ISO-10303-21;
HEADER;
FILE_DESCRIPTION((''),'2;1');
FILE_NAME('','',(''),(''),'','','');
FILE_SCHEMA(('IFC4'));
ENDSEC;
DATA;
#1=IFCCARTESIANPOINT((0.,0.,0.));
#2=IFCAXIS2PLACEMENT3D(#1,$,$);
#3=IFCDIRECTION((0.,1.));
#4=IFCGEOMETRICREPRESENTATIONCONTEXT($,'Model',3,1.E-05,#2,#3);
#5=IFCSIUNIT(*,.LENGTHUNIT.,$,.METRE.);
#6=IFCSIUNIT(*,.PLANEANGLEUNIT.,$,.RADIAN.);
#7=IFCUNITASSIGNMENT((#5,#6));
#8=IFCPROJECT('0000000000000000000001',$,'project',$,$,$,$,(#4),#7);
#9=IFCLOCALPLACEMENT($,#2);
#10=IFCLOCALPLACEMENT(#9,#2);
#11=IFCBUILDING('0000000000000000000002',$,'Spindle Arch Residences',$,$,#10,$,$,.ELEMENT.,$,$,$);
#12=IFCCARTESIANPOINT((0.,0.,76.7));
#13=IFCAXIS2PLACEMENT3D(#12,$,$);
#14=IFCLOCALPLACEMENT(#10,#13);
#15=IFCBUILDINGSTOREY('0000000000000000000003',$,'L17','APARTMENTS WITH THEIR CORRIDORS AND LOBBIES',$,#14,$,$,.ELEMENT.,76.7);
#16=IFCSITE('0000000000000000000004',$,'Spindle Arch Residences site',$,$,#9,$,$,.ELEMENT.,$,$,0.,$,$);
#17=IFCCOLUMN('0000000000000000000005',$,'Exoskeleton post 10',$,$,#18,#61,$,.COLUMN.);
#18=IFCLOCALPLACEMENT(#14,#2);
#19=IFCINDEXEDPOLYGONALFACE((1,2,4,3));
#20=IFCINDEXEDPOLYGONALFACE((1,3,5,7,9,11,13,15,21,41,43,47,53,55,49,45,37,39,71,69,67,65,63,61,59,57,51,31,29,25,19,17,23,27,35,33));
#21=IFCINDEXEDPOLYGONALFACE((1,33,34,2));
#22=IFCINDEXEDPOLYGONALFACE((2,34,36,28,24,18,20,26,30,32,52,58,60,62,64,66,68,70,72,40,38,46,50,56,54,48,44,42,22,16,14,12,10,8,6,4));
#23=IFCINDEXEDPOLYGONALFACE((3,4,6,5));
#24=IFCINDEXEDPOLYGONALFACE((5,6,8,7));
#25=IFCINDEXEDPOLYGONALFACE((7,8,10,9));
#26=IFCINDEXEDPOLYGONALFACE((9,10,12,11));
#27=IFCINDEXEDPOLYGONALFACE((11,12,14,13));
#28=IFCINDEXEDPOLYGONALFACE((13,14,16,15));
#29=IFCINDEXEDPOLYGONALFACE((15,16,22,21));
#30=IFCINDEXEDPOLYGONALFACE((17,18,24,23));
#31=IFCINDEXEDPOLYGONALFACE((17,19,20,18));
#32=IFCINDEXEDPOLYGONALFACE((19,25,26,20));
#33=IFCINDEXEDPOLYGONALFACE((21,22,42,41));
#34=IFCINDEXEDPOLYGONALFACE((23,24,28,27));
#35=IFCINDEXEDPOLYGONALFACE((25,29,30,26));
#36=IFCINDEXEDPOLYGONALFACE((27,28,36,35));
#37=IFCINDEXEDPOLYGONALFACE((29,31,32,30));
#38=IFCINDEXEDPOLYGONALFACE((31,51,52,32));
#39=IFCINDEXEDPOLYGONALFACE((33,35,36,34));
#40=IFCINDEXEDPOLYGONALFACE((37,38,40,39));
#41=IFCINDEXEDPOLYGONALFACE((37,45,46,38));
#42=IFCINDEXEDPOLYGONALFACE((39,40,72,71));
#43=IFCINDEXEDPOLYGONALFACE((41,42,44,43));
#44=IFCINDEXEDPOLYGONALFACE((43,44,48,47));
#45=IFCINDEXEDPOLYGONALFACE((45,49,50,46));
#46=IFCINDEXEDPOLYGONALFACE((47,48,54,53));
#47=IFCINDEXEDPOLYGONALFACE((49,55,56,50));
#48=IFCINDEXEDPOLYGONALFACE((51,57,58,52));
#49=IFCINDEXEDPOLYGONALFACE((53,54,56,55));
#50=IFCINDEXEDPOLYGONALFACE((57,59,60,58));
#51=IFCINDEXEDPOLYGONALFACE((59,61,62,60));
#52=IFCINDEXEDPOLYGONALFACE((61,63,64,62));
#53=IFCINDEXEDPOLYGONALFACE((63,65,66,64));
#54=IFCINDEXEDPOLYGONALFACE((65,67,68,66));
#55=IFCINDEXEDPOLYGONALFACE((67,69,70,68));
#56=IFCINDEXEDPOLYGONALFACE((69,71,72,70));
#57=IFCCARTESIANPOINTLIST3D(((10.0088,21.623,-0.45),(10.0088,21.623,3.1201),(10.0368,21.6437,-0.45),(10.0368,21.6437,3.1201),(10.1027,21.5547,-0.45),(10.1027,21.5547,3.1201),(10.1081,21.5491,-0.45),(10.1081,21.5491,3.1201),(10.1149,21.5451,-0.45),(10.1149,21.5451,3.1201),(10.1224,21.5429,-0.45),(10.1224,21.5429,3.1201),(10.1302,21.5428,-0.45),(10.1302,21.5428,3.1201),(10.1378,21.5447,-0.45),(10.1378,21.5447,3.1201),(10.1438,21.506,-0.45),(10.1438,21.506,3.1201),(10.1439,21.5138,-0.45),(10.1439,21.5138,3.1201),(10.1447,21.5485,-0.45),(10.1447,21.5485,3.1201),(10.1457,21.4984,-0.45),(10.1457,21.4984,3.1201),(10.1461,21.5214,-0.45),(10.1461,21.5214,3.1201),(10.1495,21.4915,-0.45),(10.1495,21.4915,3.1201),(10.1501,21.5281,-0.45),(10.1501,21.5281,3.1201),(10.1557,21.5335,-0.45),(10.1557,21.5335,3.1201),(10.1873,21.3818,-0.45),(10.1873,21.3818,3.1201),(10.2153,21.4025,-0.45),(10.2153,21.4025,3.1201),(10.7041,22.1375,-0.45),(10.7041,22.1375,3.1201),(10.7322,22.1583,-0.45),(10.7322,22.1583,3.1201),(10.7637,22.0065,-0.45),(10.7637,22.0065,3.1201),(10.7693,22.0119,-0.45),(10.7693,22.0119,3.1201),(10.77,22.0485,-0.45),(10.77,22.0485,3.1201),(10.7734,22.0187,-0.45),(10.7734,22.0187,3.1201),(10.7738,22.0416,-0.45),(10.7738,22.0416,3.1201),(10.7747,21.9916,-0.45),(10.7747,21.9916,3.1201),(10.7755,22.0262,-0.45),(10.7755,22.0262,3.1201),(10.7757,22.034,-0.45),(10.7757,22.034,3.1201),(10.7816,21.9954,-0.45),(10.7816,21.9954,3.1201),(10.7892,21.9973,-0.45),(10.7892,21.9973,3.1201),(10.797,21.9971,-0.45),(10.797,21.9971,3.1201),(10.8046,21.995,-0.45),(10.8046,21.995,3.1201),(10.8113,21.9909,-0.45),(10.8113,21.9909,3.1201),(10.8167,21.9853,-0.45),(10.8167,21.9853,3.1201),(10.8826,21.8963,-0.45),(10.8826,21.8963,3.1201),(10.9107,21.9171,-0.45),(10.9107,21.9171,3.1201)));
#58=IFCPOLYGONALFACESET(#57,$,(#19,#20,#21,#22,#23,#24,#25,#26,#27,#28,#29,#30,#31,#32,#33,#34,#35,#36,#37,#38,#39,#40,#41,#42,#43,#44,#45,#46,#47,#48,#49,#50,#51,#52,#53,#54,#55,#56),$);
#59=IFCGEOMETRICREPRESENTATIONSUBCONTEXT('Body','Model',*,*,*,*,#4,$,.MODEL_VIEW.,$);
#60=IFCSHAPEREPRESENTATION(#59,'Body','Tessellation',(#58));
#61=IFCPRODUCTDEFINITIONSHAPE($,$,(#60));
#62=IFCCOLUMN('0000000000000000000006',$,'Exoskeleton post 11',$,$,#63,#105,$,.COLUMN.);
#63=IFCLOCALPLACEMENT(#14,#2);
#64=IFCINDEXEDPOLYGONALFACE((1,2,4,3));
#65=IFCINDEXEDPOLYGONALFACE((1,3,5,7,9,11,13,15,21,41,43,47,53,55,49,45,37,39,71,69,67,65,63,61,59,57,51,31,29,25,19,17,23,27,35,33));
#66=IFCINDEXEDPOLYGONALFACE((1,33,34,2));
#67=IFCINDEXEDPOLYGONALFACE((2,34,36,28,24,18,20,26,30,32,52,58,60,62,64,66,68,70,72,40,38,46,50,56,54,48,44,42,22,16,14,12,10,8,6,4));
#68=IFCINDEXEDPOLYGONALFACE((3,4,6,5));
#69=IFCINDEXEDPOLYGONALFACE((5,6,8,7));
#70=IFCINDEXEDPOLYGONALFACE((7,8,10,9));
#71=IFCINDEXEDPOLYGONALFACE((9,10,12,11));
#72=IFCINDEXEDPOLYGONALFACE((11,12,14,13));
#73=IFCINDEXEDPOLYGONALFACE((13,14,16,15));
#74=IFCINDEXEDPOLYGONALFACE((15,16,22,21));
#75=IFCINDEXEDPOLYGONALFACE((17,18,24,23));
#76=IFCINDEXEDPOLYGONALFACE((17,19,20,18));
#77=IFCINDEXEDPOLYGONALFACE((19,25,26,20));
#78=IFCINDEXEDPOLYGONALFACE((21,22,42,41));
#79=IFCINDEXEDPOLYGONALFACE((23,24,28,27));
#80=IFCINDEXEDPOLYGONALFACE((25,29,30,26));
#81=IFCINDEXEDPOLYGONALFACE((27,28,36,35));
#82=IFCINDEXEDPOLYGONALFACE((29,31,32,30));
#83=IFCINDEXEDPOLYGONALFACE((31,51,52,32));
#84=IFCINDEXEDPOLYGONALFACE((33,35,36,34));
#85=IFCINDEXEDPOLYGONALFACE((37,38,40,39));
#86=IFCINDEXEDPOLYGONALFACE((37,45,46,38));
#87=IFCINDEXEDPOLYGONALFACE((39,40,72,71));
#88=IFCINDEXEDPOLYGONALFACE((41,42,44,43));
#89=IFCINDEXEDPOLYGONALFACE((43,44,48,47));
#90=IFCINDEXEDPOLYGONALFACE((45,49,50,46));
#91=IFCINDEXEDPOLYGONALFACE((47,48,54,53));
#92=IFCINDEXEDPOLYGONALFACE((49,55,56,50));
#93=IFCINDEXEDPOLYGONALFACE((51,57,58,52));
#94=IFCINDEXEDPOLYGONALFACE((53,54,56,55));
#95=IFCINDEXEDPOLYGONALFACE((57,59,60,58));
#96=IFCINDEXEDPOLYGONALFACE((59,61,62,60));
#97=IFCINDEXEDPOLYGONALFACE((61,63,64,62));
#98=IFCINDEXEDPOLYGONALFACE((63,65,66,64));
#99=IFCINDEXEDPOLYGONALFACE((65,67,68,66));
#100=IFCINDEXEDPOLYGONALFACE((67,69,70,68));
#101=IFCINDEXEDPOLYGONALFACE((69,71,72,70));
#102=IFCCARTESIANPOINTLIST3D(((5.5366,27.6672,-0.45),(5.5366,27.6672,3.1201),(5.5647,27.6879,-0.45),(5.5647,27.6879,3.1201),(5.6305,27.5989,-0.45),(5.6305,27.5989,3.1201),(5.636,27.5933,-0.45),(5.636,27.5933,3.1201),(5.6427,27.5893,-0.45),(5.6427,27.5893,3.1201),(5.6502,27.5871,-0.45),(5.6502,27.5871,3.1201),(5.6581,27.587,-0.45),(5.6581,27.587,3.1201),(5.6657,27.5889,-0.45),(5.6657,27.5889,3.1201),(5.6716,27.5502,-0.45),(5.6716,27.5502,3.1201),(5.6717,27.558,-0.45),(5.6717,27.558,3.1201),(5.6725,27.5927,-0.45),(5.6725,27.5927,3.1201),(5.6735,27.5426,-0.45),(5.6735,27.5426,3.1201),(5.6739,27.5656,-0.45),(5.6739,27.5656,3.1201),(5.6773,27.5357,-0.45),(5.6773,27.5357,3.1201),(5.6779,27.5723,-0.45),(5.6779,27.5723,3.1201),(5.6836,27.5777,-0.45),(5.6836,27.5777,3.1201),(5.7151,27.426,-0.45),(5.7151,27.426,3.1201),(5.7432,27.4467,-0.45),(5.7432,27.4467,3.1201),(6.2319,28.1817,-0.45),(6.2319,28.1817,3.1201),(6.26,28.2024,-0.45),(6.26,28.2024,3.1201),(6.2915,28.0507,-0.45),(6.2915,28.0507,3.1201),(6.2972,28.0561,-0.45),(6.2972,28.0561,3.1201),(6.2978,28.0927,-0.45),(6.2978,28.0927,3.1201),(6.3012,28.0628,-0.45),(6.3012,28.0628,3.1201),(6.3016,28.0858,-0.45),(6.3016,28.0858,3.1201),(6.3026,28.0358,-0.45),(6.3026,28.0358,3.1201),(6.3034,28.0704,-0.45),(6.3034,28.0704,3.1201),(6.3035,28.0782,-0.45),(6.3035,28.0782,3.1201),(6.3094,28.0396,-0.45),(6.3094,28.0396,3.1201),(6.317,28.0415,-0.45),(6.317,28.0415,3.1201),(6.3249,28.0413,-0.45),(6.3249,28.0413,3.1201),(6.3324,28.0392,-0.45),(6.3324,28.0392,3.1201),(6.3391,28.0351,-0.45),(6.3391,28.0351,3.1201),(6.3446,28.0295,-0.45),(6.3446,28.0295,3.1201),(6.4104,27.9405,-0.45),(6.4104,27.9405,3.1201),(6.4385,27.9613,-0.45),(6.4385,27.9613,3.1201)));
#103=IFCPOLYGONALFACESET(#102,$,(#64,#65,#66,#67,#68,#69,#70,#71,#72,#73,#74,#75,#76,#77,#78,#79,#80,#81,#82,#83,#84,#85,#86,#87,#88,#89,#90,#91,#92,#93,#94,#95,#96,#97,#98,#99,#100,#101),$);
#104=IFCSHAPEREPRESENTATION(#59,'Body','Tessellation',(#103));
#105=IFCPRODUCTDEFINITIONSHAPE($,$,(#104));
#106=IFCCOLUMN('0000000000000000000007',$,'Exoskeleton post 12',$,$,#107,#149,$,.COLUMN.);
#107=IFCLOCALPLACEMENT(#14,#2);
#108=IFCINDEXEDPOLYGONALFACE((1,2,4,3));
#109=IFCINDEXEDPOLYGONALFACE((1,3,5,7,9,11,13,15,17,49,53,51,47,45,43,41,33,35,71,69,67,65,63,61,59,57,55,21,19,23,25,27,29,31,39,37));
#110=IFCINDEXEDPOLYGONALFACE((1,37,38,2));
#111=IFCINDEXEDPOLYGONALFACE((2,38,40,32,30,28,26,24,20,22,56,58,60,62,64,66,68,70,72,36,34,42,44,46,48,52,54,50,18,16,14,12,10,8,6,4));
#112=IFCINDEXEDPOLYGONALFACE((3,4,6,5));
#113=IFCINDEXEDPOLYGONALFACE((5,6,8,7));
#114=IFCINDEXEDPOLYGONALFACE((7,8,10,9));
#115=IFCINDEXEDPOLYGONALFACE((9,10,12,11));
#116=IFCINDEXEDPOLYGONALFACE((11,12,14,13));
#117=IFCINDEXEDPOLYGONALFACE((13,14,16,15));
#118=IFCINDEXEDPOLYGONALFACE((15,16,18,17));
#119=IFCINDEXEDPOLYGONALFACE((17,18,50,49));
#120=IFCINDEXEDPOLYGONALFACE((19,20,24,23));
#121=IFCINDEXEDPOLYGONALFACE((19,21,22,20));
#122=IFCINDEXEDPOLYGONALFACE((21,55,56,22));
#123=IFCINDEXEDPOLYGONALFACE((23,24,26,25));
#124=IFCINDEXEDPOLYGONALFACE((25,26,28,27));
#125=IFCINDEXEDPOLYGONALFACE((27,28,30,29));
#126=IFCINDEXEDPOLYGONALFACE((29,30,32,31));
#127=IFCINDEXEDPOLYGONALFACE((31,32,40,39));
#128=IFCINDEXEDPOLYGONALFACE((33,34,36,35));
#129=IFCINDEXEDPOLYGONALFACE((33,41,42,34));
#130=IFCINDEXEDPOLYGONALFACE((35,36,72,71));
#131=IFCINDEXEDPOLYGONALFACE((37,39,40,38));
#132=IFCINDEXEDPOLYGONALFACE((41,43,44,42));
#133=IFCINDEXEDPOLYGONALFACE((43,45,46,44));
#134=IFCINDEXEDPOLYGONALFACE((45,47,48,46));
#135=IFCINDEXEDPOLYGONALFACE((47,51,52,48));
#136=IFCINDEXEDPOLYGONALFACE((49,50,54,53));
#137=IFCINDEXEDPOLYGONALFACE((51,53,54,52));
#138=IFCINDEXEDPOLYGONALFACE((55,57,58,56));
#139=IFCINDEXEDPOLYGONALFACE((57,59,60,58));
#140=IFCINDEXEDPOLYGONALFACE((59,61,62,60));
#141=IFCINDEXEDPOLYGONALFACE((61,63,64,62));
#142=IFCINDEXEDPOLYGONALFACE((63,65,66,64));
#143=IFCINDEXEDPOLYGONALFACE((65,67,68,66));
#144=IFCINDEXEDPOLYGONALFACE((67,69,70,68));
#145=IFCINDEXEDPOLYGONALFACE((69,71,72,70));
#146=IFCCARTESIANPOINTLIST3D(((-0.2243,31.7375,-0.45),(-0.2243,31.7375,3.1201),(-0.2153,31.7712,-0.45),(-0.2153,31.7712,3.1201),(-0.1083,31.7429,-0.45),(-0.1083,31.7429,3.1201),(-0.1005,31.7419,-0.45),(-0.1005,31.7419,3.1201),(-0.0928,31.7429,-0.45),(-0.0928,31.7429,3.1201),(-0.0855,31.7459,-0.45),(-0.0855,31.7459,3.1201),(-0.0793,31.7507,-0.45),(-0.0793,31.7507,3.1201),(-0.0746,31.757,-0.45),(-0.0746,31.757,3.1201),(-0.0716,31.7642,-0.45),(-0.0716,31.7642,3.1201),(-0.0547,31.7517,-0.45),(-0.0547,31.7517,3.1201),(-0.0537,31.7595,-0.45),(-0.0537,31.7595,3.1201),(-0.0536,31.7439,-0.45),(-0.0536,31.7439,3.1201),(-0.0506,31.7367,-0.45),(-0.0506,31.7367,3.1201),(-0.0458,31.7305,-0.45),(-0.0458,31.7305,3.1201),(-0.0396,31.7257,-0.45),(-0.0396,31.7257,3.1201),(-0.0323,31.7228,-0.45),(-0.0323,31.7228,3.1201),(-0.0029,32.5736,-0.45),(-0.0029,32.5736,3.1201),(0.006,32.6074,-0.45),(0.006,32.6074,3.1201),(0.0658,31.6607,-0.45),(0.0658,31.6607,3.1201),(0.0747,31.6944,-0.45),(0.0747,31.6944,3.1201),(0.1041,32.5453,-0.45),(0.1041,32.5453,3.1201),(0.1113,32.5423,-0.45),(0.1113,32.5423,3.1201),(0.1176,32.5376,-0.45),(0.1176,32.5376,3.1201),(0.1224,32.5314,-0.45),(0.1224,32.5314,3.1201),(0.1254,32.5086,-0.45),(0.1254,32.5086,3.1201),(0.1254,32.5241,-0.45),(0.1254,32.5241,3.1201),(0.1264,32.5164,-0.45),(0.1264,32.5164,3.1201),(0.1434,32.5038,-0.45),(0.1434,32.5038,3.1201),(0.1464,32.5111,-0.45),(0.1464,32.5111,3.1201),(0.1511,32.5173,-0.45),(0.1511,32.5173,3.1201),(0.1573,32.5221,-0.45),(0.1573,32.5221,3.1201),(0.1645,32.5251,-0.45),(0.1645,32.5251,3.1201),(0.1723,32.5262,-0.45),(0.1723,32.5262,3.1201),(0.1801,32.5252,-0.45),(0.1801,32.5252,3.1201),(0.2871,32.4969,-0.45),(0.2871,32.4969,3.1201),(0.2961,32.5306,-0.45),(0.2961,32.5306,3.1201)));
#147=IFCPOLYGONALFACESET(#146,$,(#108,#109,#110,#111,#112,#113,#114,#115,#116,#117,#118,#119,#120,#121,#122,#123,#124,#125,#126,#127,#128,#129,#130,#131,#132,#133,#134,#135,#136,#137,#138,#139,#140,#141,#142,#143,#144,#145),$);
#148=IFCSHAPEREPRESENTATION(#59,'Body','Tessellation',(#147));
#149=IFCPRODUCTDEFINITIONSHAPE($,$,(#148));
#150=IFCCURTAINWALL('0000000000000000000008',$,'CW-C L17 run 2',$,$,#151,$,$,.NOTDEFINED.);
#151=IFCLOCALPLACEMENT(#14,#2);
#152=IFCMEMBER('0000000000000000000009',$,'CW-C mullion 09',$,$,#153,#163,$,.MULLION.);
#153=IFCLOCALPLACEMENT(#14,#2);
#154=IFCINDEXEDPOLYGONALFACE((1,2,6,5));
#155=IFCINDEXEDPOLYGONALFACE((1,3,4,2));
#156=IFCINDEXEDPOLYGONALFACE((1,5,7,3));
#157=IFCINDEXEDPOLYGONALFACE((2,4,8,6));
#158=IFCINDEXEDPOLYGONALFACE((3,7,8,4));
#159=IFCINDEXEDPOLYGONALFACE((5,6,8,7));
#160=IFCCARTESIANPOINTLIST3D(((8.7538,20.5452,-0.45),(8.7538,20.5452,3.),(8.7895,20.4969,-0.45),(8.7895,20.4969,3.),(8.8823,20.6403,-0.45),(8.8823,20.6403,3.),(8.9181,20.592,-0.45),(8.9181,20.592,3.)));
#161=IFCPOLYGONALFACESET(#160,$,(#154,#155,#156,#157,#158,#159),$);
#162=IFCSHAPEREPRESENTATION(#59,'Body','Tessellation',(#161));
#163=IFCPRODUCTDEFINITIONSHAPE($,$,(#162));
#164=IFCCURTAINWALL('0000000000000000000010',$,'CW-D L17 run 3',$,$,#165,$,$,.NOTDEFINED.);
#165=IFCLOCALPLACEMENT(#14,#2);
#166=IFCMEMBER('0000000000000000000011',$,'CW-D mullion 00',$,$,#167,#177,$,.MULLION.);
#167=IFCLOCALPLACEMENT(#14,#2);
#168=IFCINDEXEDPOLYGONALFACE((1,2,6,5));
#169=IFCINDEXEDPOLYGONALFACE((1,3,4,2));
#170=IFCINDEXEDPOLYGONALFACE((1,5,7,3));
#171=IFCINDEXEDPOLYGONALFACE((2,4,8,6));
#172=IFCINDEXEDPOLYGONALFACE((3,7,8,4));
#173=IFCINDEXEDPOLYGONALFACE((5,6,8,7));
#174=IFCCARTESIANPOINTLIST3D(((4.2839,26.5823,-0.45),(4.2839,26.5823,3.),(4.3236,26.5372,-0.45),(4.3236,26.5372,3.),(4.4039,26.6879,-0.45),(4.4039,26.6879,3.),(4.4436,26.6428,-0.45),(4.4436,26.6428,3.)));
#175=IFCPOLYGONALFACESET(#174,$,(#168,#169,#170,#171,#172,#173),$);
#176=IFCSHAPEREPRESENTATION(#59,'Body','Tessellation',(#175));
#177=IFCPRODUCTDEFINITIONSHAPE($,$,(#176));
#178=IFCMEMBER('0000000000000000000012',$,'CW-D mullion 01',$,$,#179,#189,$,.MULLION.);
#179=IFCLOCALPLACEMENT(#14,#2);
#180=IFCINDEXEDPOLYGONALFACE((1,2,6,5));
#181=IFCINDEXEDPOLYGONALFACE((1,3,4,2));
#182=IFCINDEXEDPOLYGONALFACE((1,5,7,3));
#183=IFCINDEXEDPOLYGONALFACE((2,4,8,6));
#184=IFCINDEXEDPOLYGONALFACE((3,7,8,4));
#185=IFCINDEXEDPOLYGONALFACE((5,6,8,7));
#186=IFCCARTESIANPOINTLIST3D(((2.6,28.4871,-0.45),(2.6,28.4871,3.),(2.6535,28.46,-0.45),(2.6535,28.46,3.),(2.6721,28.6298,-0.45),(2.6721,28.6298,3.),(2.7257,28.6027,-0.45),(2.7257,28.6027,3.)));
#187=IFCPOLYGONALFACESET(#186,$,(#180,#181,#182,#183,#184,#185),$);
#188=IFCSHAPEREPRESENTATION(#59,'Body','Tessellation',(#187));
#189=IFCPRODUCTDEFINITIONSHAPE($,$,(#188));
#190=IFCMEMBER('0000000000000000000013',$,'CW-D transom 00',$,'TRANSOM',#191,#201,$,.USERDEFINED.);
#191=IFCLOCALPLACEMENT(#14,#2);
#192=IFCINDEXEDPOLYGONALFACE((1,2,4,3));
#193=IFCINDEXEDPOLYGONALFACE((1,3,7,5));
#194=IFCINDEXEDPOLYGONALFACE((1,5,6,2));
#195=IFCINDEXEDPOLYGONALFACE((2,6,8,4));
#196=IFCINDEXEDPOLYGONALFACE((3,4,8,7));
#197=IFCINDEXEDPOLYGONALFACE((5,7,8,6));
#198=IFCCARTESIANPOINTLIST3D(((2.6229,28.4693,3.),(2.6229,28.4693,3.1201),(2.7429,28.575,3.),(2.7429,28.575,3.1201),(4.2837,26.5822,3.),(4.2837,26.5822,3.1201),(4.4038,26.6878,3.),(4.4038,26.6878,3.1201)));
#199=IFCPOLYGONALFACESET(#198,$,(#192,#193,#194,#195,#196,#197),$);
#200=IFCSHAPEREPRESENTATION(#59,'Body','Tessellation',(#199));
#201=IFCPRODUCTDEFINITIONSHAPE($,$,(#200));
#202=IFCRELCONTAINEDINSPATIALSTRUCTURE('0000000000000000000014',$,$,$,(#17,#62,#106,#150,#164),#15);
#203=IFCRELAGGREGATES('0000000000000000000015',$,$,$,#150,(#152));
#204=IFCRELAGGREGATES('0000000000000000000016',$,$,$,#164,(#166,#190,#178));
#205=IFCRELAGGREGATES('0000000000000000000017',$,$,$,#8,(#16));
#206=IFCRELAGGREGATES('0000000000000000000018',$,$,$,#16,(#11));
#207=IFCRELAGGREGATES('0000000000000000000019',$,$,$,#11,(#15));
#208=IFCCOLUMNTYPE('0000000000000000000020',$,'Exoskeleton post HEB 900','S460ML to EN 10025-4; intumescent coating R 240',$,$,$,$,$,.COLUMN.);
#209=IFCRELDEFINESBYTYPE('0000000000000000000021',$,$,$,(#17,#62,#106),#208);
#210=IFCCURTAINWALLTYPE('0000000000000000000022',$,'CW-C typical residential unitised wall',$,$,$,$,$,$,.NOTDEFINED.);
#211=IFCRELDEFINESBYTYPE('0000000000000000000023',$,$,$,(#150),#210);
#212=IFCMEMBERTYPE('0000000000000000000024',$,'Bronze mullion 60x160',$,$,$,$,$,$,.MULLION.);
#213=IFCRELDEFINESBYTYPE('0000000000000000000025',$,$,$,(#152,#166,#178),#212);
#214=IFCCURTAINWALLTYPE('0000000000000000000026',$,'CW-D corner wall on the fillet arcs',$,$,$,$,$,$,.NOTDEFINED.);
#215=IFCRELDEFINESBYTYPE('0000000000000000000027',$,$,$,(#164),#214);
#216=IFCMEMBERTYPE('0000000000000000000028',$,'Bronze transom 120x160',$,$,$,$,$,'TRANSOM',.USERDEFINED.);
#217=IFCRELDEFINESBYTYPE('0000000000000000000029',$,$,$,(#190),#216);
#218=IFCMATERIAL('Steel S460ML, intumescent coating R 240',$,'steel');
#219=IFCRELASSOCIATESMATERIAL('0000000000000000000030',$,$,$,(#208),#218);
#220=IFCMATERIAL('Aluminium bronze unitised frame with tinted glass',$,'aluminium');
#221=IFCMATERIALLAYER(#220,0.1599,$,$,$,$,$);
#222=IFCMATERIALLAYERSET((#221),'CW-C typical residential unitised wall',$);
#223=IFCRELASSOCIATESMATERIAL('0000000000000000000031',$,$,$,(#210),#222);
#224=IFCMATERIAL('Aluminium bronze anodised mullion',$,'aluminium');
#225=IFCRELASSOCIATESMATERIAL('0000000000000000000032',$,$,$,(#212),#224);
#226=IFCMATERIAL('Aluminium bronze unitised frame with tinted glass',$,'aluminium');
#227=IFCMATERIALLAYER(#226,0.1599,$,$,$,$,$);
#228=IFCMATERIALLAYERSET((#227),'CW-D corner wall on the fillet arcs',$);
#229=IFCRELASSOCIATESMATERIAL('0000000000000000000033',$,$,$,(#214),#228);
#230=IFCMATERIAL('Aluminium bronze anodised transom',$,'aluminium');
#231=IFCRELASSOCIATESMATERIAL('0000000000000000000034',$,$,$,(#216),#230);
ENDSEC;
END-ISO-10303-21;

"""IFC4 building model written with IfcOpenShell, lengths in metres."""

from ifc_helpers import new_model, si_unit, direction, frame, origin, origin_2d, place, context, subcontext, project, spatial, rectangle, i_section, extrude, material, layer, layer_set, material_profile, profile_set, type_object, element, aggregate, save


model = new_model("IFC4")

# Units and contexts
model_context = context("Model", 3, precision=1e-05, world=origin(), true_north=direction((0.0, 1.0)))
body_context = subcontext(model_context, "Body", "Model", "MODEL_VIEW")
ifc_project = project(units=[si_unit("LENGTHUNIT", "METRE"), si_unit("PLANEANGLEUNIT", "RADIAN")], contexts=[model_context])

# Site, building, storey
site_placement = place(None, origin())
site = spatial("IfcSite", under=ifc_project, at=site_placement, Name="Spindle Arch Residences site", CompositionType="ELEMENT", RefElevation=0.0)
building_placement = place(site_placement, origin())
building = spatial("IfcBuilding", under=site, at=building_placement, Name="Spindle Arch Residences", CompositionType="ELEMENT")
storey_placement = place(building_placement, frame((0.0, 0.0, 76.7)))
storey = spatial("IfcBuildingStorey", under=building, at=storey_placement, Name="L17", Description="APARTMENTS WITH THEIR CORRIDORS AND LOBBIES", CompositionType="ELEMENT", Elevation=76.7)

# Columns
ifc_material_1 = material(Name="Steel S460ML, intumescent coating R 240", Category="steel")
ifc_material_profile_1 = material_profile(ifc_material_1, i_section(OverallWidth=0.3, OverallDepth=0.8999, WebThickness=0.0186, FlangeThickness=0.0349, FilletRadius=0.03, at=origin_2d()), Name="HEB 900")
ifc_profile_set_1 = profile_set([ifc_material_profile_1], Name="Steel S460ML, intumescent coating R 240")
column_type = type_object("IfcColumnType", Name="Exoskeleton post HEB 900", Description="S460ML to EN 10025-4; intumescent coating R 240", PredefinedType="COLUMN", material=ifc_profile_set_1)
for number, where, z_axis, x_axis, name in (
    (1, (10.4597, 21.77, -0.45), (0.0, 0.0, 1.0), (0.594823, -0.803857, 0.0), "Exoskeleton post 10"),
    (2, (5.9875, 27.8142, -0.45), (0.0, 0.0, 1.0), (0.594823, -0.803857, 0.0), "Exoskeleton post 11"),
    (3, (0.0359, 32.134, -0.45), (0.0, 0.0, 1.0), (0.966705, -0.255894, 0.0), "Exoskeleton post 12"),
):
    element("IfcColumn", number, at=place(storey_placement, frame(where, z_axis=z_axis, x_axis=x_axis)), inside=storey, type_object=column_type, Name=name, PredefinedType="COLUMN", context=body_context, shape_type="SweptSolid", body=[
        extrude(i_section(OverallWidth=0.3, OverallDepth=0.8999, WebThickness=0.0186, FlangeThickness=0.0349, FilletRadius=0.03, at=origin_2d()), origin(), (0.0, 0.0, 1.0), 3.5701),
    ])

# Curtain wall, member
ifc_material_2 = material(Name="Aluminium bronze unitised frame with tinted glass", Category="aluminium")
ifc_layer_1 = layer(ifc_material_2, 0.1599)
ifc_layer_set_1 = layer_set([ifc_layer_1], Name="CW-C typical residential unitised wall")
curtain_wall_type_1 = type_object("IfcCurtainWallType", Name="CW-C typical residential unitised wall", PredefinedType="NOTDEFINED", material=ifc_layer_set_1)
curtain_wall_1_placement = place(storey_placement, origin())
curtain_wall_1 = element("IfcCurtainWall", 4, at=curtain_wall_1_placement, inside=storey, type_object=curtain_wall_type_1, Name="CW-C L17 run 2", PredefinedType="NOTDEFINED")
ifc_material_3 = material(Name="Aluminium bronze anodised mullion", Category="aluminium")
ifc_material_profile_2 = material_profile(ifc_material_3, rectangle(XDim=0.1599, YDim=0.0601, at=origin_2d()), Name="MU 60x160")
ifc_profile_set_2 = profile_set([ifc_material_profile_2], Name="Aluminium bronze anodised mullion")
member_type_1 = type_object("IfcMemberType", Name="Bronze mullion 60x160", PredefinedType="MULLION", material=ifc_profile_set_2)
member_1_placement = place(storey_placement, frame((8.8359, 20.5686, -0.45), z_axis=(0.0, 0.0, 1.0), x_axis=(-0.803857, -0.594823, 0.0)))
member_1 = element("IfcMember", 5, at=member_1_placement, type_object=member_type_1, Name="CW-C mullion 09", PredefinedType="MULLION", context=body_context, shape_type="SweptSolid", body=[
    extrude(rectangle(XDim=0.1599, YDim=0.0601, at=origin_2d()), origin(), (0.0, 0.0, 1.0), 3.45),
])

# Curtain wall, members
ifc_material_4 = material(Name="Aluminium bronze unitised frame with tinted glass", Category="aluminium")
ifc_layer_2 = layer(ifc_material_4, 0.1599)
ifc_layer_set_2 = layer_set([ifc_layer_2], Name="CW-D corner wall on the fillet arcs")
curtain_wall_type_2 = type_object("IfcCurtainWallType", Name="CW-D corner wall on the fillet arcs", PredefinedType="NOTDEFINED", material=ifc_layer_set_2)
curtain_wall_2_placement = place(storey_placement, origin())
curtain_wall_2 = element("IfcCurtainWall", 6, at=curtain_wall_2_placement, inside=storey, type_object=curtain_wall_type_2, Name="CW-D L17 run 3", PredefinedType="NOTDEFINED")
member_2_placement = place(storey_placement, frame((4.3638, 26.6125, -0.45), z_axis=(0.0, 0.0, 1.0), x_axis=(-0.750647, -0.660704, 0.0)))
member_2 = element("IfcMember", 7, at=member_2_placement, type_object=member_type_1, Name="CW-D mullion 00", PredefinedType="MULLION", context=body_context, shape_type="SweptSolid", body=[
    extrude(rectangle(XDim=0.1599, YDim=0.0601, at=origin_2d()), origin(), (0.0, 0.0, 1.0), 3.45),
])
member_3_placement = place(storey_placement, frame((2.6628, 28.5449, -0.45), z_axis=(0.0, 0.0, 1.0), x_axis=(-0.451397, -0.892323, 0.0)))
member_3 = element("IfcMember", 8, at=member_3_placement, type_object=member_type_1, Name="CW-D mullion 01", PredefinedType="MULLION", context=body_context, shape_type="SweptSolid", body=[
    extrude(rectangle(XDim=0.1599, YDim=0.0601, at=origin_2d()), origin(), (0.0, 0.0, 1.0), 3.45),
])
ifc_material_5 = material(Name="Aluminium bronze anodised transom", Category="aluminium")
ifc_material_profile_3 = material_profile(ifc_material_5, rectangle(XDim=0.1599, YDim=0.1201, at=origin_2d()), Name="TR 120x160")
ifc_profile_set_3 = profile_set([ifc_material_profile_3], Name="Aluminium bronze anodised transom")
member_type_2 = type_object("IfcMemberType", Name="Bronze transom 120x160", ElementType="TRANSOM", PredefinedType="USERDEFINED", material=ifc_profile_set_3)
member_4_placement = place(storey_placement, frame((4.3438, 26.635, 3.0601), z_axis=(-0.660661, 0.750685, 0.0), x_axis=(-0.750685, -0.660661, 0.0)))
member_4 = element("IfcMember", 9, at=member_4_placement, type_object=member_type_2, Name="CW-D transom 00", ObjectType="TRANSOM", PredefinedType="USERDEFINED", context=body_context, shape_type="SweptSolid", body=[
    extrude(rectangle(XDim=0.1599, YDim=0.1201, at=origin_2d()), origin(), (0.0, 0.0, 1.0), 2.5139),
])

aggregate(curtain_wall_1, [member_1])
aggregate(curtain_wall_2, [member_2, member_4, member_3])

save(model, "model.ifc")
